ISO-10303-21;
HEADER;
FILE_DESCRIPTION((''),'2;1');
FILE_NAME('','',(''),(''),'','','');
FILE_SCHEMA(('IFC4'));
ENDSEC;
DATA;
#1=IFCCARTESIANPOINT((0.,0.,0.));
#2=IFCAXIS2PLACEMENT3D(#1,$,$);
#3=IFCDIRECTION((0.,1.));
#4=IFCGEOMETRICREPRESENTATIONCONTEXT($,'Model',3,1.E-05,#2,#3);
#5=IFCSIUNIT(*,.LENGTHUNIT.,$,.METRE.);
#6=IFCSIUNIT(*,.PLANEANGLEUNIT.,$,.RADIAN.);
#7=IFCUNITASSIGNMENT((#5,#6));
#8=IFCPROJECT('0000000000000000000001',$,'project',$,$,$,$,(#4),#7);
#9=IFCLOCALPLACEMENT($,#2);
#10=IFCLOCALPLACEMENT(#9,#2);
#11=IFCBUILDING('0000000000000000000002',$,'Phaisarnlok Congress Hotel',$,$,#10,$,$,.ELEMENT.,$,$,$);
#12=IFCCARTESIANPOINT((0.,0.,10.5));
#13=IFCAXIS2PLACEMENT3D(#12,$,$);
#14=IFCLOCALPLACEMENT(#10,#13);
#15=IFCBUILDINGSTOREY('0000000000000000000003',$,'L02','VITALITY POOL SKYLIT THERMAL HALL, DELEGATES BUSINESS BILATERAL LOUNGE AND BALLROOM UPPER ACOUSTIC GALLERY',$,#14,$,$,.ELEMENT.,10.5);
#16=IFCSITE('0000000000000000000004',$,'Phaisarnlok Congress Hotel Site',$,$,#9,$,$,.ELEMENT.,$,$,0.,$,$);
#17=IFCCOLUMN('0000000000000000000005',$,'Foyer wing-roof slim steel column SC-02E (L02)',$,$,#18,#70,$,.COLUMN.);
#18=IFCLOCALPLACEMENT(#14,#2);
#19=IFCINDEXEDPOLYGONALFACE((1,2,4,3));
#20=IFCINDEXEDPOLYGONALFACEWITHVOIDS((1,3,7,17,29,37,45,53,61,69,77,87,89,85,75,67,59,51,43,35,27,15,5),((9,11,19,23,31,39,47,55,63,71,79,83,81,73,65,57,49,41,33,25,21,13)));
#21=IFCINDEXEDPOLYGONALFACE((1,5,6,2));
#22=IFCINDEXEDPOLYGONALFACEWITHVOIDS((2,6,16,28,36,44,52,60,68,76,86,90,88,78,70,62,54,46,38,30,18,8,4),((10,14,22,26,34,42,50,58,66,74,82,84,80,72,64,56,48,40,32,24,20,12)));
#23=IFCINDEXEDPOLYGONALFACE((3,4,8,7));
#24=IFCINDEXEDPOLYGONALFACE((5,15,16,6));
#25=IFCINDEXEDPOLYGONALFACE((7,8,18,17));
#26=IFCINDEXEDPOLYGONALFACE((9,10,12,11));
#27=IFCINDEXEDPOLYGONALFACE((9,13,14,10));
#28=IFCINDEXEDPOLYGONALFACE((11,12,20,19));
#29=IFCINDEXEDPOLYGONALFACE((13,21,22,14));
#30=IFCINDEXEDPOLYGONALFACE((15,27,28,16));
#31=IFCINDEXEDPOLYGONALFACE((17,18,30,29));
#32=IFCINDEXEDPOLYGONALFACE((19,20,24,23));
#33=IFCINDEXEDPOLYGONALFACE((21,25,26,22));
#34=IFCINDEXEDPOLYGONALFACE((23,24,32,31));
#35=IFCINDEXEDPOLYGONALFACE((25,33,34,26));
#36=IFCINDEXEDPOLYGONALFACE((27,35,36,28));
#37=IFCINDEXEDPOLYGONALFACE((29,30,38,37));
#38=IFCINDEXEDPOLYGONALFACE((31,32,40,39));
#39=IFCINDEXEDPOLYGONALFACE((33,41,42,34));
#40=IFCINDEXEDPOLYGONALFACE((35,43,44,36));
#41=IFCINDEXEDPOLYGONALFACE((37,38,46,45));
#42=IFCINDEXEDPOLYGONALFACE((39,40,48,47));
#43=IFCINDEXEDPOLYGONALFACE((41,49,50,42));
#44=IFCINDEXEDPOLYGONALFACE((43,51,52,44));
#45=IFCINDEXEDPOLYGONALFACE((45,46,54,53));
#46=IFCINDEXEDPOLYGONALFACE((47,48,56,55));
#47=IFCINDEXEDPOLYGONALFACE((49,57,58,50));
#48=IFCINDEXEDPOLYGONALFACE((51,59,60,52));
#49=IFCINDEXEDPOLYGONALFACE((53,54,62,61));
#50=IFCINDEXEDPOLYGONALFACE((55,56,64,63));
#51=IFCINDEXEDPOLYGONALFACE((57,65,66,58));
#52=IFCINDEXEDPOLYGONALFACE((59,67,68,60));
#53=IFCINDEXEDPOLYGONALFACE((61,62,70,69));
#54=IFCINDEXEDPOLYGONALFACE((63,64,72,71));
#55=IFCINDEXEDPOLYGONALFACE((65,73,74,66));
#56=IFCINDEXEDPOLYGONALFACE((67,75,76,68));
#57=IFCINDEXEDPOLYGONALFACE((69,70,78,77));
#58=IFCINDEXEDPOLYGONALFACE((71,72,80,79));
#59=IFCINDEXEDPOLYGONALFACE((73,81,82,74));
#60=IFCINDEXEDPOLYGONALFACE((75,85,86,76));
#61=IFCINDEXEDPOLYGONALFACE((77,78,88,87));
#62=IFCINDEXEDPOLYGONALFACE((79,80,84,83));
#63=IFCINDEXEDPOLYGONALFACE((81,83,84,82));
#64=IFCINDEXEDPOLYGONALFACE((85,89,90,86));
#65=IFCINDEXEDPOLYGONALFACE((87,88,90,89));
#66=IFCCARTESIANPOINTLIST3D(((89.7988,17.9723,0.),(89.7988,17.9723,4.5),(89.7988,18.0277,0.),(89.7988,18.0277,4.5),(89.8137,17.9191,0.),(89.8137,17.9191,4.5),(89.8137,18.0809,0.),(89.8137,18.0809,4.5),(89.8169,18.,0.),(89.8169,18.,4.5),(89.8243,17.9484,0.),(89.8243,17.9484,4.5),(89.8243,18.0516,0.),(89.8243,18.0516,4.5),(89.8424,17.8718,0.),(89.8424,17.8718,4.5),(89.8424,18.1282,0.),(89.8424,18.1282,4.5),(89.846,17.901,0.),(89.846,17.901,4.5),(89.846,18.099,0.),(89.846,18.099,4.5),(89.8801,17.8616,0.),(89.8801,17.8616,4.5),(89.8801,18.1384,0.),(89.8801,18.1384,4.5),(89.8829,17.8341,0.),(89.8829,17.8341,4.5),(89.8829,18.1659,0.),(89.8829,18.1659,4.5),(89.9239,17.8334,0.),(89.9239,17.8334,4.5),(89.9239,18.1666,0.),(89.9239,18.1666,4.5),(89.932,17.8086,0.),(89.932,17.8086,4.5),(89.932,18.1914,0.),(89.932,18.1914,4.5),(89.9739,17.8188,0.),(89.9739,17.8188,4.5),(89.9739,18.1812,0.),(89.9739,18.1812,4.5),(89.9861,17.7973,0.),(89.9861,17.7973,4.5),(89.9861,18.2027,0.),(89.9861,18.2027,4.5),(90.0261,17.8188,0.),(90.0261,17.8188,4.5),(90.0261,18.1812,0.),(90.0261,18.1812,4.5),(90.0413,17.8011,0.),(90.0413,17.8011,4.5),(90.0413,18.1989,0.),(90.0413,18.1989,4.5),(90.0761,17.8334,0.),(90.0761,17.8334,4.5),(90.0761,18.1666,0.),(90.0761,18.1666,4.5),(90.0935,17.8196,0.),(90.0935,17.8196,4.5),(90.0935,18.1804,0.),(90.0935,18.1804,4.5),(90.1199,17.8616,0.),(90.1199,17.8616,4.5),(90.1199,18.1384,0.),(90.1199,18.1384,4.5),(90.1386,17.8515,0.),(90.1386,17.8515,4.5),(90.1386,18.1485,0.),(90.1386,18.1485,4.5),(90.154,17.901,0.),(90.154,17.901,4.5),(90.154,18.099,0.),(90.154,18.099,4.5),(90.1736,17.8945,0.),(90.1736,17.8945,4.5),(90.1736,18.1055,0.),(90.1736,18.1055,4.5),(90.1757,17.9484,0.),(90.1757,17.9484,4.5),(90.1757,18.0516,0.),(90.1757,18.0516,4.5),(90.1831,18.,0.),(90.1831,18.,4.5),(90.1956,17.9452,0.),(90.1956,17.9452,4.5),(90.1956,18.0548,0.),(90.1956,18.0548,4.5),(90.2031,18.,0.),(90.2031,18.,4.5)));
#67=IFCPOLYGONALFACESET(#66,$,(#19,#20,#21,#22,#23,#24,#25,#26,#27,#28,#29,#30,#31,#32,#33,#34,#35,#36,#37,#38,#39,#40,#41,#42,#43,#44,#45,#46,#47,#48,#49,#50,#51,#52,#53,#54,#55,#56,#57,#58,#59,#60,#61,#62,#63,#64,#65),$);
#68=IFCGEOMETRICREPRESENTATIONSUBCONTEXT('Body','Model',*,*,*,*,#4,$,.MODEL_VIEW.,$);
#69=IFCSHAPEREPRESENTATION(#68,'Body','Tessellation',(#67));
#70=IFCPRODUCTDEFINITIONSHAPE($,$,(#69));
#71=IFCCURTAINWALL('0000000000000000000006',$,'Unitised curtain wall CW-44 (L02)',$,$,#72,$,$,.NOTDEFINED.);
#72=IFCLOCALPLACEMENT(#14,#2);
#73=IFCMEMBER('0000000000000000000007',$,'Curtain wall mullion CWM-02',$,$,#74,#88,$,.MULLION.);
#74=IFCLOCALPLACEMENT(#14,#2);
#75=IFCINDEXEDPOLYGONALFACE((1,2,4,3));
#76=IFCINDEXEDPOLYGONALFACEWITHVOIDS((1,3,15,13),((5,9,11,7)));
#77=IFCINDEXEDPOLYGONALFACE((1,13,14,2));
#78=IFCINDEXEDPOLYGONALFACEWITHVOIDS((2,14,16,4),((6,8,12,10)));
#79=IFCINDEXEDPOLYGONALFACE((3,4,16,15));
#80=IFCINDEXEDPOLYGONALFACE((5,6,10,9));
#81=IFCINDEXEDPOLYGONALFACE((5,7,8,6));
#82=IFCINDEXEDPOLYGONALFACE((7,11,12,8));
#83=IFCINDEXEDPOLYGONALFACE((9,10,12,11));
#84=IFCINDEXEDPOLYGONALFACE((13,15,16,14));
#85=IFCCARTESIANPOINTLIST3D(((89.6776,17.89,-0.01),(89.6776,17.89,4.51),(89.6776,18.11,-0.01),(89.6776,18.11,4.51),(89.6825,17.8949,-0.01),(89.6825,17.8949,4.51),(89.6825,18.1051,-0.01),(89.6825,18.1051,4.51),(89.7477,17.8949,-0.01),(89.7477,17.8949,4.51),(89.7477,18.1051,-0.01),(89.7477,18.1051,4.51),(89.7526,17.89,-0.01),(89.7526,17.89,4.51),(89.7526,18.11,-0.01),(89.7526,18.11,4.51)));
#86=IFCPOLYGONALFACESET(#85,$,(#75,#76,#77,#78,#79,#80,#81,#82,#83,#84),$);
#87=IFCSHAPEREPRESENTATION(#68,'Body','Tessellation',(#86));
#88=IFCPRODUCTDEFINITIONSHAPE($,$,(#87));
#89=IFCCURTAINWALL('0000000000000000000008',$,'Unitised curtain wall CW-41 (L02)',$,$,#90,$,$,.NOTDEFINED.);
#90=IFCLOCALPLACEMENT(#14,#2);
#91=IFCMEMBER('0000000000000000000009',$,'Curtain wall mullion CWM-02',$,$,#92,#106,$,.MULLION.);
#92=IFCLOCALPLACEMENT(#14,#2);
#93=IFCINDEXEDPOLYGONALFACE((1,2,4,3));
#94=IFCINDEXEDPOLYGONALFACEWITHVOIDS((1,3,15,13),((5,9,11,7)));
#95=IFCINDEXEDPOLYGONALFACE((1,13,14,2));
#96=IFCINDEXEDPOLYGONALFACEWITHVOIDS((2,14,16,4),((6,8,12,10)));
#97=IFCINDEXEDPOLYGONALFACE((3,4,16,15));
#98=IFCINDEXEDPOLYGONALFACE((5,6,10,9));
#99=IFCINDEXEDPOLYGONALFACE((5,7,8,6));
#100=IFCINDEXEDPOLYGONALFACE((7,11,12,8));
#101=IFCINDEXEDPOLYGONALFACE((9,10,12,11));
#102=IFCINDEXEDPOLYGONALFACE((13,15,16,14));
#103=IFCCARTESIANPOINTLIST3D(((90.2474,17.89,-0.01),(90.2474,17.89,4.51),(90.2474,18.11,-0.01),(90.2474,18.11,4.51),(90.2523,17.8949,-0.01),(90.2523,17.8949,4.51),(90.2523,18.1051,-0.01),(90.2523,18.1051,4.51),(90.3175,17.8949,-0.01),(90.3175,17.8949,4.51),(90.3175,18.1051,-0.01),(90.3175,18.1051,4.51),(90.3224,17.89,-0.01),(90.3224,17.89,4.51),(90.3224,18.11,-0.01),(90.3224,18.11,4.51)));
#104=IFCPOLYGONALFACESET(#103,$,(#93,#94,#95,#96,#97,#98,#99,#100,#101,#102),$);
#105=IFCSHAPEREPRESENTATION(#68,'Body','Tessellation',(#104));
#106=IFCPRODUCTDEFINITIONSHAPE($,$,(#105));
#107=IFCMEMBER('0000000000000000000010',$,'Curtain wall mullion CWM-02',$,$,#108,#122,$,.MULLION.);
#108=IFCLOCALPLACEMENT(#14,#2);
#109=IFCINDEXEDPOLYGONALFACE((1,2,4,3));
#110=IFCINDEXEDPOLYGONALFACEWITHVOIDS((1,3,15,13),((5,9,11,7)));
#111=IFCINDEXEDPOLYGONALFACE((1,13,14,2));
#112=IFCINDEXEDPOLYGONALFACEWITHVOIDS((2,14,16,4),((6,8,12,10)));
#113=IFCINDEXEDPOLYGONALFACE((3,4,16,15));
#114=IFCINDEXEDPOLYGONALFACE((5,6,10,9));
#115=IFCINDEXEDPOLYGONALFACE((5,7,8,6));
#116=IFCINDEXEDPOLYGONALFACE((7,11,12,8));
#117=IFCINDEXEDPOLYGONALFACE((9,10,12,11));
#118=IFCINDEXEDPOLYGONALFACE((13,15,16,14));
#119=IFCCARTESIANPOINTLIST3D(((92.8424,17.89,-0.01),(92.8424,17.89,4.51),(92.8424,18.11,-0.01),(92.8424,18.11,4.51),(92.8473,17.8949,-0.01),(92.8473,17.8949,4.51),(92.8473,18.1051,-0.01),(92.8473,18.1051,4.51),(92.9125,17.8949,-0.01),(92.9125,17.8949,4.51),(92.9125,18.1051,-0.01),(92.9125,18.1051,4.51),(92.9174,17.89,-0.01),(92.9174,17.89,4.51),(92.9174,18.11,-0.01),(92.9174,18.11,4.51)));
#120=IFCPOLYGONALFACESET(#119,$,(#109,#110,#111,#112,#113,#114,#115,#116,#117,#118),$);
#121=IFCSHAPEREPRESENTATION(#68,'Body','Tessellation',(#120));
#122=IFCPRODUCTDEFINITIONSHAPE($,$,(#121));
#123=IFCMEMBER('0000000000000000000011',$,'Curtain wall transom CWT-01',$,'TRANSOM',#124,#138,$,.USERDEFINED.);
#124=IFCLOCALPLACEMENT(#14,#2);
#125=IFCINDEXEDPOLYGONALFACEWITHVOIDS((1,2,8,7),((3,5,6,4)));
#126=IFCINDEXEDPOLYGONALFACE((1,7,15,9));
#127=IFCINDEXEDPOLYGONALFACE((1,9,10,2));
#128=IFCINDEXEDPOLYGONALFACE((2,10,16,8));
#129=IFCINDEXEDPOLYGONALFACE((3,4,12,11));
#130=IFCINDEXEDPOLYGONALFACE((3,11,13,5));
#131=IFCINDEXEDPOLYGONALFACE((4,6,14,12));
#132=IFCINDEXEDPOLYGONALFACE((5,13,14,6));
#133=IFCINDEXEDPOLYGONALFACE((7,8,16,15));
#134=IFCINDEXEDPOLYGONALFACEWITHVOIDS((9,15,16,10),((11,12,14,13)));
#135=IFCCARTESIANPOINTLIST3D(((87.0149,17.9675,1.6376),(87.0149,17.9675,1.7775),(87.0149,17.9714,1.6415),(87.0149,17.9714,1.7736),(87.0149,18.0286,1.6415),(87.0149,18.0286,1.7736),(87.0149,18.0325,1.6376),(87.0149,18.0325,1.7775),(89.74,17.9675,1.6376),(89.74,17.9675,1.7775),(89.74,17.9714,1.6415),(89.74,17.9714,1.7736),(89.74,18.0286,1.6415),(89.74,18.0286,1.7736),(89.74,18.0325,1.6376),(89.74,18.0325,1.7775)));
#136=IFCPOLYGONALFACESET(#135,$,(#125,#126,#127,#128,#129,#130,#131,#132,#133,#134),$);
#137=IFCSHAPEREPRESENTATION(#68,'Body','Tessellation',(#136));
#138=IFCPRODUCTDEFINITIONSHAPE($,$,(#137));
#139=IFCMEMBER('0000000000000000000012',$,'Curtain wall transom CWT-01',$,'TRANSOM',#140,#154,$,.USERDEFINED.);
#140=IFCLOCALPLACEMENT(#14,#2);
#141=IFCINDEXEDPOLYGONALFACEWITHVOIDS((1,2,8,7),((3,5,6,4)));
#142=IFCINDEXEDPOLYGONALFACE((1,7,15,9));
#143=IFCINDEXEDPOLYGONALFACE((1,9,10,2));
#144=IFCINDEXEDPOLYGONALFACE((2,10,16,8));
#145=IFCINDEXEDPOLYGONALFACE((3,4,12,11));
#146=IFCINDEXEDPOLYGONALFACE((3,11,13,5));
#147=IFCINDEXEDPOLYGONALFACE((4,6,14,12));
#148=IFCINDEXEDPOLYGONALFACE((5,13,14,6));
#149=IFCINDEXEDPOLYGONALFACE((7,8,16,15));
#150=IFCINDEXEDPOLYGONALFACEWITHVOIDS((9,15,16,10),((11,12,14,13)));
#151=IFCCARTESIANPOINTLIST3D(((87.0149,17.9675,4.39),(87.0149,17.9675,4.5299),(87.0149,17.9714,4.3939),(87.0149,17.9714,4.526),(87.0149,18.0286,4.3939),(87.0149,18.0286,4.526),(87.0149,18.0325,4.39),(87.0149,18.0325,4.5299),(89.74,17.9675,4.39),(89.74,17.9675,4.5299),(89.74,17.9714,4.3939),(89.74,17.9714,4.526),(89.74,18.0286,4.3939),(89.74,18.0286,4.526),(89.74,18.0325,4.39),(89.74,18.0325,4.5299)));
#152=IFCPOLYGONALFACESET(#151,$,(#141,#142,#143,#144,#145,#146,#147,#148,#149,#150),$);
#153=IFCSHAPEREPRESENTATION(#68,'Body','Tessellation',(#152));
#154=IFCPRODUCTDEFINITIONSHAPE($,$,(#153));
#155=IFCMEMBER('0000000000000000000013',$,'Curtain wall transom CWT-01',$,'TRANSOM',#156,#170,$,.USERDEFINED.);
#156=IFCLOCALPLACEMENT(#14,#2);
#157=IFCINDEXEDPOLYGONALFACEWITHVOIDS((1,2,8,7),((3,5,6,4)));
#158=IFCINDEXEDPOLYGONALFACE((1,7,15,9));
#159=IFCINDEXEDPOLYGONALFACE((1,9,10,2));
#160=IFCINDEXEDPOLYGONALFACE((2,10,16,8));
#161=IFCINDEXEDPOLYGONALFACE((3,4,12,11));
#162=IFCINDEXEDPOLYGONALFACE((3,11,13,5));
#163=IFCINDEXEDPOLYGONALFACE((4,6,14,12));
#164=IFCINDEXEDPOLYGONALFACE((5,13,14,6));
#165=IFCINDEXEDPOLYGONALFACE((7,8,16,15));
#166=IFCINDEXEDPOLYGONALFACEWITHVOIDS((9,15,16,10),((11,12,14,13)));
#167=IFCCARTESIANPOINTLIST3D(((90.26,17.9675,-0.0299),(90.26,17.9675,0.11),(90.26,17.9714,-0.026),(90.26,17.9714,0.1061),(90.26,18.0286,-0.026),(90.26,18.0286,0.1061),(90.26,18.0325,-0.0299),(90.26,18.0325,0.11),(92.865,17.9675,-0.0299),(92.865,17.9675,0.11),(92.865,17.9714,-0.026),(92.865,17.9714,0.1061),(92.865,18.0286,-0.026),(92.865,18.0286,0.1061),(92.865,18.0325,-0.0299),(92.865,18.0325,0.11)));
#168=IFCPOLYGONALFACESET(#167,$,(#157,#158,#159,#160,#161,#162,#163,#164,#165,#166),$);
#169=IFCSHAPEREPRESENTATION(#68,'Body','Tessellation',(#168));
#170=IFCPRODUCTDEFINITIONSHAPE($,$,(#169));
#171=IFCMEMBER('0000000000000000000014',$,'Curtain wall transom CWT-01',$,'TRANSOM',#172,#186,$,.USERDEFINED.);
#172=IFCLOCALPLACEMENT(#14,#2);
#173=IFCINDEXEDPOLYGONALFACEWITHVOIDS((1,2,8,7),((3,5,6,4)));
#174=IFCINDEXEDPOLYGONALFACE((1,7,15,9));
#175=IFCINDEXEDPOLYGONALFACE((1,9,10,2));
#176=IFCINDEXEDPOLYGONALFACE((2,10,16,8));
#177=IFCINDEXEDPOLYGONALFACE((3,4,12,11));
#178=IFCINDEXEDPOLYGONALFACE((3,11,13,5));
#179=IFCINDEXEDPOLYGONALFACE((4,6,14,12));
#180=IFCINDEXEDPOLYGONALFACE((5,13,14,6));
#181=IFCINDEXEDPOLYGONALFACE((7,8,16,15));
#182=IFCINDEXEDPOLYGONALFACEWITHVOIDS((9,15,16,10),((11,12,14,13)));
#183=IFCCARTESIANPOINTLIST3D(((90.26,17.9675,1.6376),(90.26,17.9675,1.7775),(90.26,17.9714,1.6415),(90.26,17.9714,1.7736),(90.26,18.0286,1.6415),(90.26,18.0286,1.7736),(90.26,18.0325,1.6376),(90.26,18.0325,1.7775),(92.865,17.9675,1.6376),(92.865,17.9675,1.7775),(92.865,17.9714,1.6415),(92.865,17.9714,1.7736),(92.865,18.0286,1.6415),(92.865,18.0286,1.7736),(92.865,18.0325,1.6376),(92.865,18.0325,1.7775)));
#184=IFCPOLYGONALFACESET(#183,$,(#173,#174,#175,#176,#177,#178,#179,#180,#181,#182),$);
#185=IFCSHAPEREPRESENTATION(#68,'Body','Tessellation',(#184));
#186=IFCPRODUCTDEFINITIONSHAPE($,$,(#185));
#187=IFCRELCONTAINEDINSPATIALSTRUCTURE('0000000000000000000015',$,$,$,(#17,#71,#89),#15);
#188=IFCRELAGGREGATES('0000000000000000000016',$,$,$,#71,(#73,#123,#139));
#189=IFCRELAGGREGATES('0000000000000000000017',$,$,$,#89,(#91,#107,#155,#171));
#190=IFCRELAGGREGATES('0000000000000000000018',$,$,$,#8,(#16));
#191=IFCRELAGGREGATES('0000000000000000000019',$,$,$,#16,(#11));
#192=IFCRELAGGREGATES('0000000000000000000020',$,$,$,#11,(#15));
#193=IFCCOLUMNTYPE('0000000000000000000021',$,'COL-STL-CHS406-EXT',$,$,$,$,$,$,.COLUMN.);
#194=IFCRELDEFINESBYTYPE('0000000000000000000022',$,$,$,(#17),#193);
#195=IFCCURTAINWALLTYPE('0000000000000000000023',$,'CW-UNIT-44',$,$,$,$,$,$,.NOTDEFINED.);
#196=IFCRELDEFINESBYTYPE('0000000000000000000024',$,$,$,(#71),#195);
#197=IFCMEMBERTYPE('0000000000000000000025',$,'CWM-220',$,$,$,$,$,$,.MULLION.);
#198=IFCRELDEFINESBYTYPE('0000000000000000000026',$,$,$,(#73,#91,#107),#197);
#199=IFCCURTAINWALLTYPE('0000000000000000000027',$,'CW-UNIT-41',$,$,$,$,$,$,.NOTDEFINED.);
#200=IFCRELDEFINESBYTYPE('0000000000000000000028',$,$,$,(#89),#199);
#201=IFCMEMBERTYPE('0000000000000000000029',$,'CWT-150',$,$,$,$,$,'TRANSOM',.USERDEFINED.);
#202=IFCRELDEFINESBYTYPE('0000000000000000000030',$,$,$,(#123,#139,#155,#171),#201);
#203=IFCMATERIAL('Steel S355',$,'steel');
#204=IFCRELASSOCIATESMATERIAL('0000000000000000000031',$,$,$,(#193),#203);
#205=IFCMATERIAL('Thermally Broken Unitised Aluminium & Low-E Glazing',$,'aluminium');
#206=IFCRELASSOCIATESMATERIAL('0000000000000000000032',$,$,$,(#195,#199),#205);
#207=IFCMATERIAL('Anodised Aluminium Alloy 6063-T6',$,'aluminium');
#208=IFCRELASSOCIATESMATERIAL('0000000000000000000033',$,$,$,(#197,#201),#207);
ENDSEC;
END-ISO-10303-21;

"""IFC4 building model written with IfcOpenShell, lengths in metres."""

from ifc_helpers import new_model, si_unit, direction, frame, origin, origin_2d, place, context, subcontext, project, spatial, hollow_rectangle, hollow_circle, extrude, material, material_profile, profile_set, type_object, element, aggregate, save


model = new_model("IFC4")

# Units and contexts
model_context = context("Model", 3, precision=1e-05, world=origin(), true_north=direction((0.0, 1.0)))
body_context = subcontext(model_context, "Body", "Model", "MODEL_VIEW")
ifc_project = project(units=[si_unit("LENGTHUNIT", "METRE"), si_unit("PLANEANGLEUNIT", "RADIAN")], contexts=[model_context])

# Site, building, storey
site_placement = place(None, origin())
site = spatial("IfcSite", under=ifc_project, at=site_placement, Name="Phaisarnlok Congress Hotel Site", CompositionType="ELEMENT", RefElevation=0.0)
building_placement = place(site_placement, origin())
building = spatial("IfcBuilding", under=site, at=building_placement, Name="Phaisarnlok Congress Hotel", CompositionType="ELEMENT")
storey_placement = place(building_placement, frame((0.0, 0.0, 10.5)))
storey = spatial("IfcBuildingStorey", under=building, at=storey_placement, Name="L02", Description="VITALITY POOL SKYLIT THERMAL HALL, DELEGATES BUSINESS BILATERAL LOUNGE AND BALLROOM UPPER ACOUSTIC GALLERY", CompositionType="ELEMENT", Elevation=10.5)

# Column
ifc_material_1 = material(Name="Steel S355", Category="steel")
ifc_material_profile_1 = material_profile(ifc_material_1, hollow_circle(Radius=0.2031, WallThickness=0.02, at=origin_2d()), Name="CHS 406.4x20")
ifc_profile_set_1 = profile_set([ifc_material_profile_1], Name="Steel S355")
column_type = type_object("IfcColumnType", Name="COL-STL-CHS406-EXT", PredefinedType="COLUMN", material=ifc_profile_set_1)
column_placement = place(storey_placement, frame((90.0, 18.0, 0.0), z_axis=(0.0, 0.0, 1.0), x_axis=(1.0, 0.0, 0.0)))
element("IfcColumn", 1, at=column_placement, inside=storey, type_object=column_type, Name="Foyer wing-roof slim steel column SC-02E (L02)", PredefinedType="COLUMN", context=body_context, shape_type="SweptSolid", body=[
    extrude(hollow_circle(Radius=0.2031, WallThickness=0.02, at=origin_2d()), origin(), (0.0, 0.0, 1.0), 4.5),
])

# Curtain wall, member
ifc_material_2 = material(Name="Thermally Broken Unitised Aluminium & Low-E Glazing", Category="aluminium")
curtain_wall_type_1 = type_object("IfcCurtainWallType", Name="CW-UNIT-44", PredefinedType="NOTDEFINED", material=ifc_material_2)
curtain_wall_1_placement = place(storey_placement, origin())
curtain_wall_1 = element("IfcCurtainWall", 2, at=curtain_wall_1_placement, inside=storey, type_object=curtain_wall_type_1, Name="Unitised curtain wall CW-44 (L02)", PredefinedType="NOTDEFINED")
ifc_material_3 = material(Name="Anodised Aluminium Alloy 6063-T6", Category="aluminium")
ifc_material_profile_2 = material_profile(ifc_material_3, hollow_rectangle(XDim=0.075, YDim=0.22, WallThickness=0.0049, at=origin_2d()), Name="ALU-M 75x220x5")
ifc_profile_set_2 = profile_set([ifc_material_profile_2], Name="Anodised Aluminium Alloy 6063-T6")
member_type_1 = type_object("IfcMemberType", Name="CWM-220", PredefinedType="MULLION", material=ifc_profile_set_2)
member_1_placement = place(storey_placement, frame((89.7151, 18.0, -0.01), z_axis=(0.0, 0.0, 1.0), x_axis=(1.0, 0.0, 0.0)))
member_1 = element("IfcMember", 3, at=member_1_placement, type_object=member_type_1, Name="Curtain wall mullion CWM-02", PredefinedType="MULLION", context=body_context, shape_type="SweptSolid", body=[
    extrude(hollow_rectangle(XDim=0.075, YDim=0.22, WallThickness=0.0049, at=origin_2d()), origin(), (0.0, 0.0, 1.0), 4.52),
])

# Curtain wall, members
curtain_wall_type_2 = type_object("IfcCurtainWallType", Name="CW-UNIT-41", PredefinedType="NOTDEFINED", material=ifc_material_2)
curtain_wall_2_placement = place(storey_placement, origin())
curtain_wall_2 = element("IfcCurtainWall", 4, at=curtain_wall_2_placement, inside=storey, type_object=curtain_wall_type_2, Name="Unitised curtain wall CW-41 (L02)", PredefinedType="NOTDEFINED")
member_2_placement = place(storey_placement, frame((90.2849, 18.0, -0.01), z_axis=(0.0, 0.0, 1.0), x_axis=(1.0, 0.0, 0.0)))
member_2 = element("IfcMember", 5, at=member_2_placement, type_object=member_type_1, Name="Curtain wall mullion CWM-02", PredefinedType="MULLION", context=body_context, shape_type="SweptSolid", body=[
    extrude(hollow_rectangle(XDim=0.075, YDim=0.22, WallThickness=0.0049, at=origin_2d()), origin(), (0.0, 0.0, 1.0), 4.52),
])
member_3_placement = place(storey_placement, frame((92.8799, 18.0, -0.01), z_axis=(0.0, 0.0, 1.0), x_axis=(1.0, 0.0, 0.0)))
member_3 = element("IfcMember", 6, at=member_3_placement, type_object=member_type_1, Name="Curtain wall mullion CWM-02", PredefinedType="MULLION", context=body_context, shape_type="SweptSolid", body=[
    extrude(hollow_rectangle(XDim=0.075, YDim=0.22, WallThickness=0.0049, at=origin_2d()), origin(), (0.0, 0.0, 1.0), 4.52),
])

# Members
ifc_material_profile_3 = material_profile(ifc_material_3, hollow_rectangle(XDim=0.0649, YDim=0.1399, WallThickness=0.0039, at=origin_2d()), Name="ALU-T 65x140x4")
ifc_profile_set_3 = profile_set([ifc_material_profile_3], Name="Anodised Aluminium Alloy 6063-T6")
member_type_2 = type_object("IfcMemberType", Name="CWT-150", ElementType="TRANSOM", PredefinedType="USERDEFINED", material=ifc_profile_set_3)
member_4_placement = place(storey_placement, frame((87.0149, 18.0, 1.7075), z_axis=(1.0, 0.0, 0.0), x_axis=(0.0, 1.0, 0.0)))
member_4 = element("IfcMember", 7, at=member_4_placement, type_object=member_type_2, Name="Curtain wall transom CWT-01", ObjectType="TRANSOM", PredefinedType="USERDEFINED", context=body_context, shape_type="SweptSolid", body=[
    extrude(hollow_rectangle(XDim=0.0649, YDim=0.1399, WallThickness=0.0039, at=origin_2d()), origin(), (0.0, 0.0, 1.0), 2.7251),
])
member_5_placement = place(storey_placement, frame((87.0149, 18.0, 4.46), z_axis=(1.0, 0.0, 0.0), x_axis=(0.0, 1.0, 0.0)))
member_5 = element("IfcMember", 8, at=member_5_placement, type_object=member_type_2, Name="Curtain wall transom CWT-01", ObjectType="TRANSOM", PredefinedType="USERDEFINED", context=body_context, shape_type="SweptSolid", body=[
    extrude(hollow_rectangle(XDim=0.0649, YDim=0.1399, WallThickness=0.0039, at=origin_2d()), origin(), (0.0, 0.0, 1.0), 2.7251),
])
member_6_placement = place(storey_placement, frame((90.26, 18.0, 0.04), z_axis=(1.0, 0.0, 0.0), x_axis=(0.0, 1.0, 0.0)))
member_6 = element("IfcMember", 9, at=member_6_placement, type_object=member_type_2, Name="Curtain wall transom CWT-01", ObjectType="TRANSOM", PredefinedType="USERDEFINED", context=body_context, shape_type="SweptSolid", body=[
    extrude(hollow_rectangle(XDim=0.0649, YDim=0.1399, WallThickness=0.0039, at=origin_2d()), origin(), (0.0, 0.0, 1.0), 2.605),
])
member_7_placement = place(storey_placement, frame((90.26, 18.0, 1.7075), z_axis=(1.0, 0.0, 0.0), x_axis=(0.0, 1.0, 0.0)))
member_7 = element("IfcMember", 10, at=member_7_placement, type_object=member_type_2, Name="Curtain wall transom CWT-01", ObjectType="TRANSOM", PredefinedType="USERDEFINED", context=body_context, shape_type="SweptSolid", body=[
    extrude(hollow_rectangle(XDim=0.0649, YDim=0.1399, WallThickness=0.0039, at=origin_2d()), origin(), (0.0, 0.0, 1.0), 2.605),
])

aggregate(curtain_wall_1, [member_1, member_4, member_5])
aggregate(curtain_wall_2, [member_2, member_3, member_6, member_7])

save(model, "model.ifc")
